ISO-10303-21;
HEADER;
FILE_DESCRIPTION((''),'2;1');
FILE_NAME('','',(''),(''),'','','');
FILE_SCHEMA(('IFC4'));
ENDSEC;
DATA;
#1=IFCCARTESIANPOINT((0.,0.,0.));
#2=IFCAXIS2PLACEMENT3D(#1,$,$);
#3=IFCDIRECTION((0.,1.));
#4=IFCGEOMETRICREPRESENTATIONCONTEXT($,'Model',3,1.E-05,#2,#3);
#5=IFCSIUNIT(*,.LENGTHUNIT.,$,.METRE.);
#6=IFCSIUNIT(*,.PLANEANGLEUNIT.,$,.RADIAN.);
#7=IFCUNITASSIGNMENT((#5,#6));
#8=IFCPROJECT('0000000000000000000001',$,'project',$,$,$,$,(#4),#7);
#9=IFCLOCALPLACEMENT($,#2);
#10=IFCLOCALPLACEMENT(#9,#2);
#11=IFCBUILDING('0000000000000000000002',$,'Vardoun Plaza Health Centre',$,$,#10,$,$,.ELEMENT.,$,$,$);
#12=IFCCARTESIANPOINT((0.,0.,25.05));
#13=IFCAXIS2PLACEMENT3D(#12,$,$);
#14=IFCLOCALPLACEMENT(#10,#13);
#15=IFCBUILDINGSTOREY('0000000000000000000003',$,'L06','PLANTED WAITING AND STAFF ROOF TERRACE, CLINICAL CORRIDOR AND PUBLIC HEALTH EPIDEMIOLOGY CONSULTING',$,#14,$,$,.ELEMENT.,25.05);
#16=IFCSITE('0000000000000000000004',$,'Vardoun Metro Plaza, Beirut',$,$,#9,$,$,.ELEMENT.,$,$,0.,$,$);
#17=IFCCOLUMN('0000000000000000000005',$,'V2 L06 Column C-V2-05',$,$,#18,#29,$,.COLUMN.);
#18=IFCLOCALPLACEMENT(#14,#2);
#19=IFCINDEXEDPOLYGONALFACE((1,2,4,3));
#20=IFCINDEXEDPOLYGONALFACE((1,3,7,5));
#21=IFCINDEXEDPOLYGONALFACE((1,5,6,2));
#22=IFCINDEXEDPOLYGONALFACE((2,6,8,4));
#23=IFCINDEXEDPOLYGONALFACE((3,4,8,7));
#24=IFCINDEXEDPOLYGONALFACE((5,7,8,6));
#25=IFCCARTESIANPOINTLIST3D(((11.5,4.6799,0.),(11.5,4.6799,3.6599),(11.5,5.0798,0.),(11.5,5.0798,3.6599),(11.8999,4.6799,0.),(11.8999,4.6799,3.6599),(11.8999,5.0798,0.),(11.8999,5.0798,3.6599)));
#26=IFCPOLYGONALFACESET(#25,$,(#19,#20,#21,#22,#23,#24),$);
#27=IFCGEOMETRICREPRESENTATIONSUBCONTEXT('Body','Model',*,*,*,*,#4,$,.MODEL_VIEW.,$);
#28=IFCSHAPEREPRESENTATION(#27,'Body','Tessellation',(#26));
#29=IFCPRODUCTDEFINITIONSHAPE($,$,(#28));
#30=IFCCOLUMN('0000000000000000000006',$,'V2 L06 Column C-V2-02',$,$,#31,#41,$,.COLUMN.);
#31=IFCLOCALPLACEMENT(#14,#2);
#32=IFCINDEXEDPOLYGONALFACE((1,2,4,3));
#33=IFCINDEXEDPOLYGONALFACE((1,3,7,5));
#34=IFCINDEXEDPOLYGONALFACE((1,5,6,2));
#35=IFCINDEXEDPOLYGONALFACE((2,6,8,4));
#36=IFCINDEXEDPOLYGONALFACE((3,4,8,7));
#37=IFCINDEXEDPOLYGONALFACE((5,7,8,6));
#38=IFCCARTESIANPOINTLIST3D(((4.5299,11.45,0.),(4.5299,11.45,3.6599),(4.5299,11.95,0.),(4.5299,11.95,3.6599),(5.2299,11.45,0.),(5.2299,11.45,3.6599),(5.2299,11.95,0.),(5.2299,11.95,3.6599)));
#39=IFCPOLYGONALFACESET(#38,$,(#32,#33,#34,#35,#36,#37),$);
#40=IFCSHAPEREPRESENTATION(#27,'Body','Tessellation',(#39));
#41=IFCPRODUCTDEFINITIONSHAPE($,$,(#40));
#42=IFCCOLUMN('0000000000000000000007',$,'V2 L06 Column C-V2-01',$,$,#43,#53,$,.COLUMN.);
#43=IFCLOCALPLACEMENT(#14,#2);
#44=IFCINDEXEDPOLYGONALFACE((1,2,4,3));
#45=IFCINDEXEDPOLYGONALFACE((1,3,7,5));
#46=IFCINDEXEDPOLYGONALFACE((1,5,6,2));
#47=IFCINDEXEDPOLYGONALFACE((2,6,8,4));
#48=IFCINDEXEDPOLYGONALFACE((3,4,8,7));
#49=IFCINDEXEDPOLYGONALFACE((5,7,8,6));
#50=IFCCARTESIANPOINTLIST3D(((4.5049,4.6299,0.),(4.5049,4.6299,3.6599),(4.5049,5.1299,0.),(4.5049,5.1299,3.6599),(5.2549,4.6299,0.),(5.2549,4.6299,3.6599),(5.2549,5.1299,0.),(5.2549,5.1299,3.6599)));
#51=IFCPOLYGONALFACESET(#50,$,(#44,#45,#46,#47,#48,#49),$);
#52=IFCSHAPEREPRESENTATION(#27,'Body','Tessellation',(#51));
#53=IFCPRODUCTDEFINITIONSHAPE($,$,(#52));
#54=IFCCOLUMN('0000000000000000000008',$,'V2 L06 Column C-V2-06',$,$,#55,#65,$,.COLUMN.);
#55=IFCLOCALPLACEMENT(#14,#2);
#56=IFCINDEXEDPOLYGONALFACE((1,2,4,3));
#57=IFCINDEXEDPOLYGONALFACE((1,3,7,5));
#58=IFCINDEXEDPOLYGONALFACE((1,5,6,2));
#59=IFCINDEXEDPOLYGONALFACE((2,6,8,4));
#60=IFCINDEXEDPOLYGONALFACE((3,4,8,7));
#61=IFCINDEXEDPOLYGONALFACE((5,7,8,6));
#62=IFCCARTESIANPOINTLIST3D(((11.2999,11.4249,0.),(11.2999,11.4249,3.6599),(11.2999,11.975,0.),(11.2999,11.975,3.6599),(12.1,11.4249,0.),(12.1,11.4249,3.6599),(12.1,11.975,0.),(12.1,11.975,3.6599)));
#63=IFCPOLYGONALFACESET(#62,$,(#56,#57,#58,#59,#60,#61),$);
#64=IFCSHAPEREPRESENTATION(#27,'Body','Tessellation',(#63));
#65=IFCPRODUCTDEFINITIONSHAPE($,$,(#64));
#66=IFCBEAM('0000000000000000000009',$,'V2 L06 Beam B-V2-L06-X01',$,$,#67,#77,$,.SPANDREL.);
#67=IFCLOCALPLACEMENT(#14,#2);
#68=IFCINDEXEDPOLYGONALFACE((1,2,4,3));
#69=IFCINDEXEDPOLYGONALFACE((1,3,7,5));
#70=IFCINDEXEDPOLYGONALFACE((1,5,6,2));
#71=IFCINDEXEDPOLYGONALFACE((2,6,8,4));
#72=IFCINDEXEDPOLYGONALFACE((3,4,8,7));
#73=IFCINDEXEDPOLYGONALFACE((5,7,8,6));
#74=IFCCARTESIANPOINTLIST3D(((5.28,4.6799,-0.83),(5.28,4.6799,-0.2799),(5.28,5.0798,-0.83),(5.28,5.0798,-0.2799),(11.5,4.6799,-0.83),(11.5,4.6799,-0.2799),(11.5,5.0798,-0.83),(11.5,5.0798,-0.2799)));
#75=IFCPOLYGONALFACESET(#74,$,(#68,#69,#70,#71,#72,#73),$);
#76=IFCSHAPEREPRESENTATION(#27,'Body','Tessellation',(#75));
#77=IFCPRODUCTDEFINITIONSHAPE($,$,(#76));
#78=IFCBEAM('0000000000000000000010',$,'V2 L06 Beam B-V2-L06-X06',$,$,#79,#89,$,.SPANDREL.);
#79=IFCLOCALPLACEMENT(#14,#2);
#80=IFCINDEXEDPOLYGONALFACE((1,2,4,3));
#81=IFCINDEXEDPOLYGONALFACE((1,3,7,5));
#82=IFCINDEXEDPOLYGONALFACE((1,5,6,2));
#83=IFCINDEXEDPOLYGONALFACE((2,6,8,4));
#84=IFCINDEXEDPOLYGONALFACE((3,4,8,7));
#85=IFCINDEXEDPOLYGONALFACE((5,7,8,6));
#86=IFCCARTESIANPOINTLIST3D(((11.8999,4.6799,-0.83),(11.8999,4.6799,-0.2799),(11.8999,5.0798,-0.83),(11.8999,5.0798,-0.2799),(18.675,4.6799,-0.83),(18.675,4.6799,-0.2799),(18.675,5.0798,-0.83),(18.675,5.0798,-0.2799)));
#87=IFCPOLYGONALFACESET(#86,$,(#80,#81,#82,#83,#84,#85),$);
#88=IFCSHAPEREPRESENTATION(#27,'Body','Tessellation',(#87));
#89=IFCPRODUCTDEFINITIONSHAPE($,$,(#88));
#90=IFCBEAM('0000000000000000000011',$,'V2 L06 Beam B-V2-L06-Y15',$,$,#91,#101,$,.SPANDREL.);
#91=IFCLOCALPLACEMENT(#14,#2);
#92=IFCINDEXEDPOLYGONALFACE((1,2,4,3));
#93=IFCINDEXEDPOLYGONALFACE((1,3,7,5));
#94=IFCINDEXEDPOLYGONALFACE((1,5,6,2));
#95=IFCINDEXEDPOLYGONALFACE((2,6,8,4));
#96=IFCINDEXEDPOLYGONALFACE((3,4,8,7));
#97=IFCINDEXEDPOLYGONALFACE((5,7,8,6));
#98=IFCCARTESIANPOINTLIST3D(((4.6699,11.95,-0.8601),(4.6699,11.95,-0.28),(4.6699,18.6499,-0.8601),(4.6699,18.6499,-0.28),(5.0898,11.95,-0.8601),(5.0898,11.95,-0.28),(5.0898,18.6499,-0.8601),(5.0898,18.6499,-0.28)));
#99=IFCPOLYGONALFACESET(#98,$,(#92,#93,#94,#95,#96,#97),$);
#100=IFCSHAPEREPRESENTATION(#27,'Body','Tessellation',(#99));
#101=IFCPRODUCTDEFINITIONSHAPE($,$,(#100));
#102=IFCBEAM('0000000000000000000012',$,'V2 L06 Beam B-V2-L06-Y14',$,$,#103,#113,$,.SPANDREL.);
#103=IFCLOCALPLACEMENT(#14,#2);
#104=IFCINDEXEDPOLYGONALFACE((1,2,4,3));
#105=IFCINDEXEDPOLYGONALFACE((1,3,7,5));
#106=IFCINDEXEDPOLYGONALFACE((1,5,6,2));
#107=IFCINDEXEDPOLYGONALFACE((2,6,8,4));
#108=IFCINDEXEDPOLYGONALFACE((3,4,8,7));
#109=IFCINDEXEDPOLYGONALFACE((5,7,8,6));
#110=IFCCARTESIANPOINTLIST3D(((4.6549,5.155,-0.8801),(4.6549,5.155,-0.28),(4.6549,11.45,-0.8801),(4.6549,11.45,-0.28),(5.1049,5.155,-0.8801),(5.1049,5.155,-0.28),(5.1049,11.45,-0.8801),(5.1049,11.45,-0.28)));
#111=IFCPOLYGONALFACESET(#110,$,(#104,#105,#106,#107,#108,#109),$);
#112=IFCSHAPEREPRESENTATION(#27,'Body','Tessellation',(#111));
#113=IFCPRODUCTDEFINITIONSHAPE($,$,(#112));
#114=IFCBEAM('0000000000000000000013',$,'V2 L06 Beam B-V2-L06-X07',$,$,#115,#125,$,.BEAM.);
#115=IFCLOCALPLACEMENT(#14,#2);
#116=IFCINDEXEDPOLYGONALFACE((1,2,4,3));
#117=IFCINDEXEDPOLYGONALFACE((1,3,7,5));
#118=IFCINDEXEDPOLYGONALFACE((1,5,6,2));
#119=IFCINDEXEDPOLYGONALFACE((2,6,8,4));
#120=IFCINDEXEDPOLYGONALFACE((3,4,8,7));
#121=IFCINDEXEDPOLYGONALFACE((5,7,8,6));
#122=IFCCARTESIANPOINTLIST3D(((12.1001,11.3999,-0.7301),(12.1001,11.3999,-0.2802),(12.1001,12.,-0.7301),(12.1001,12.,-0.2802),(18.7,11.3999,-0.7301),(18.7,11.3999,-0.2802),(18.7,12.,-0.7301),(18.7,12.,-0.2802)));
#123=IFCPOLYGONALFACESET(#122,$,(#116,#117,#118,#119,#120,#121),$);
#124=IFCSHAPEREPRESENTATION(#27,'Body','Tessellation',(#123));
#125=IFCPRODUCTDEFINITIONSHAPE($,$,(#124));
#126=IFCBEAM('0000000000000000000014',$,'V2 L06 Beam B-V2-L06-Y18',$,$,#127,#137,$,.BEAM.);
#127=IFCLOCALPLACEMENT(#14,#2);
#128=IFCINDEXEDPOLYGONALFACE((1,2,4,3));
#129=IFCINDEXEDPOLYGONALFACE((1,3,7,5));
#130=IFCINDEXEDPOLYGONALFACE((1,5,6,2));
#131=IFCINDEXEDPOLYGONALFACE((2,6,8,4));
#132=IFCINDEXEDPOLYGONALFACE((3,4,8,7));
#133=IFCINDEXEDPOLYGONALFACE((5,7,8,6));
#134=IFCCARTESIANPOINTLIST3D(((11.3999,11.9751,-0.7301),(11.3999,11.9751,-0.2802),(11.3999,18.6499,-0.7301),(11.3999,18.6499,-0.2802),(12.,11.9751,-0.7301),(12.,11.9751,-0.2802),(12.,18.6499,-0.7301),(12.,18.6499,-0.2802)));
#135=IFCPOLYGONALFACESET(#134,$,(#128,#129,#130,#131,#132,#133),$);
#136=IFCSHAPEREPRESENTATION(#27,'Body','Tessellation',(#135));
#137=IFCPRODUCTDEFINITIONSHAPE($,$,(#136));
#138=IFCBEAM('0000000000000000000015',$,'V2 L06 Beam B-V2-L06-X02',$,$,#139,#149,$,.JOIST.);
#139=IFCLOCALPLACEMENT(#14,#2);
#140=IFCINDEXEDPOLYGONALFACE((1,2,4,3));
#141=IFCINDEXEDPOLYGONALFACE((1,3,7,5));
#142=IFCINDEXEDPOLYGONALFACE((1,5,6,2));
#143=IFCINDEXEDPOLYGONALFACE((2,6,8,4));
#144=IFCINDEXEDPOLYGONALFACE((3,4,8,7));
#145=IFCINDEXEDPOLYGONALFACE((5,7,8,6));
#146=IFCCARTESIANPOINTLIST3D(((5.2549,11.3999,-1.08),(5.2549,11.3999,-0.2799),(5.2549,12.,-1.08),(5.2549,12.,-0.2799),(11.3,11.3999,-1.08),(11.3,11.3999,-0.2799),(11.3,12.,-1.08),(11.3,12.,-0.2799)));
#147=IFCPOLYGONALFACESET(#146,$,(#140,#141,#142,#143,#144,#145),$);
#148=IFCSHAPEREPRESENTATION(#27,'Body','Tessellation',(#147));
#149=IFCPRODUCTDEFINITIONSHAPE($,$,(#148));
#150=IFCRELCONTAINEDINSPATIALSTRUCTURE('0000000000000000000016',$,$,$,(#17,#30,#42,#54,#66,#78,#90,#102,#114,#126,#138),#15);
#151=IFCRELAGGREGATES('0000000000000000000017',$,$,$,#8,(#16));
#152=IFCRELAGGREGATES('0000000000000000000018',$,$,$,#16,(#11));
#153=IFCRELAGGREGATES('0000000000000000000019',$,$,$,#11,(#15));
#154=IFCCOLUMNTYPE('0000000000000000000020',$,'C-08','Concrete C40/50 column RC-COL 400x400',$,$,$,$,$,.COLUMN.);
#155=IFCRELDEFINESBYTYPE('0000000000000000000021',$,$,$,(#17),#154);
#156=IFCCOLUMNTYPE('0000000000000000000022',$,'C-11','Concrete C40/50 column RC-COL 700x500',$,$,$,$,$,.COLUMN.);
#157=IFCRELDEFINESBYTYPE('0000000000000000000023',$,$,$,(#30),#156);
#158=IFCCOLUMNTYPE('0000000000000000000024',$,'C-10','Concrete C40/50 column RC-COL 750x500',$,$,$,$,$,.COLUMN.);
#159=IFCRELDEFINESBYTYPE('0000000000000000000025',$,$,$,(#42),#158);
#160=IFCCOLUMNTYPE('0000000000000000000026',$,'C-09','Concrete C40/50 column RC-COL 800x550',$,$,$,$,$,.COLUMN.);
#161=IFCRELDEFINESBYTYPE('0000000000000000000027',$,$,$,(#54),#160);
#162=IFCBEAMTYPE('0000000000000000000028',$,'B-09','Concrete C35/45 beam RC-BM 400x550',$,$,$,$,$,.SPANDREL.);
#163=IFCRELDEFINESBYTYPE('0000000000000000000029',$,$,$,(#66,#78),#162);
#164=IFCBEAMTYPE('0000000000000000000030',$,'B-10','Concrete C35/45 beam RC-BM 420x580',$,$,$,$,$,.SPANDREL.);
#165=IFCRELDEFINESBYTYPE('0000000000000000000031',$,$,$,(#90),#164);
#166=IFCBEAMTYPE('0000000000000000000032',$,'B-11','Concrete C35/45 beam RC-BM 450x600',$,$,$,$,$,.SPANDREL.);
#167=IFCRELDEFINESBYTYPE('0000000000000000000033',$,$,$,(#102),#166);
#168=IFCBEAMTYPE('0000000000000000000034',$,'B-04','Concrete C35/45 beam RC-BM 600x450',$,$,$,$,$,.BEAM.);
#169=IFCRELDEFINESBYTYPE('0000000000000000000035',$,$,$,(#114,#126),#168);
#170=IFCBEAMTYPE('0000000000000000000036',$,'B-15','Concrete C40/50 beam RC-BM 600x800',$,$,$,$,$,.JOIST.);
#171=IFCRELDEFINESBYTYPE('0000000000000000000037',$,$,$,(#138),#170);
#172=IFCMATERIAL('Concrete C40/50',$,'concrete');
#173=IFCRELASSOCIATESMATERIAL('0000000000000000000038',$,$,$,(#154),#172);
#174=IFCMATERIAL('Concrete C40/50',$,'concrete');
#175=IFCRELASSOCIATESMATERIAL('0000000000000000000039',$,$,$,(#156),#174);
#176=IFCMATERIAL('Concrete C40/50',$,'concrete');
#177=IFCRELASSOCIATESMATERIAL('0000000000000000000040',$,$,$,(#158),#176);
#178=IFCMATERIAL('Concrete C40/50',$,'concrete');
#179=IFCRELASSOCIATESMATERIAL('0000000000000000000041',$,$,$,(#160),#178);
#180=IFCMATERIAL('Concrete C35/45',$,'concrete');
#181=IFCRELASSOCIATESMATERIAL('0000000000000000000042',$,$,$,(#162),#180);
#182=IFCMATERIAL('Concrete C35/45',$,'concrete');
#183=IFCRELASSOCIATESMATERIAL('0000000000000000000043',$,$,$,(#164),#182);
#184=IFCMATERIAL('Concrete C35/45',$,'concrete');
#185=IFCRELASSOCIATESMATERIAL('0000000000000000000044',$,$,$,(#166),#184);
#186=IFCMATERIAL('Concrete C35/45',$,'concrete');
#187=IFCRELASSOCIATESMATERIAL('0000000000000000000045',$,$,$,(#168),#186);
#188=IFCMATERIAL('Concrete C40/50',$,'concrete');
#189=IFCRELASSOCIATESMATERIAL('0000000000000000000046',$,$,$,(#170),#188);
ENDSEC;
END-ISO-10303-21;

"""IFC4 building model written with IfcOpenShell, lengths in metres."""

from ifc_helpers import new_model, si_unit, direction, frame, origin, origin_2d, place, context, subcontext, project, spatial, rectangle, extrude, material, material_profile, profile_set, type_object, element, save


model = new_model("IFC4")

# Units and contexts
model_context = context("Model", 3, precision=1e-05, world=origin(), true_north=direction((0.0, 1.0)))
body_context = subcontext(model_context, "Body", "Model", "MODEL_VIEW")
ifc_project = project(units=[si_unit("LENGTHUNIT", "METRE"), si_unit("PLANEANGLEUNIT", "RADIAN")], contexts=[model_context])

# Site, building, storey
site_placement = place(None, origin())
site = spatial("IfcSite", under=ifc_project, at=site_placement, Name="Vardoun Metro Plaza, Beirut", CompositionType="ELEMENT", RefElevation=0.0)
building_placement = place(site_placement, origin())
building = spatial("IfcBuilding", under=site, at=building_placement, Name="Vardoun Plaza Health Centre", CompositionType="ELEMENT")
storey_placement = place(building_placement, frame((0.0, 0.0, 25.05)))
storey = spatial("IfcBuildingStorey", under=building, at=storey_placement, Name="L06", Description="PLANTED WAITING AND STAFF ROOF TERRACE, CLINICAL CORRIDOR AND PUBLIC HEALTH EPIDEMIOLOGY CONSULTING", CompositionType="ELEMENT", Elevation=25.05)

# Columns
ifc_material_1 = material(Name="Concrete C40/50", Category="concrete")
ifc_material_profile_1 = material_profile(ifc_material_1, rectangle(XDim=0.3999, YDim=0.3999, at=origin_2d()), Name="RC-COL 400x400")
ifc_profile_set_1 = profile_set([ifc_material_profile_1], Name="Concrete C40/50")
column_type_1 = type_object("IfcColumnType", Name="C-08", Description="Concrete C40/50 column RC-COL 400x400", PredefinedType="COLUMN", material=ifc_profile_set_1)
column_1_placement = place(storey_placement, frame((11.7, 4.8799, 0.0), z_axis=(0.0, 0.0, 1.0), x_axis=(1.0, 0.0, 0.0)))
element("IfcColumn", 1, at=column_1_placement, inside=storey, type_object=column_type_1, Name="V2 L06 Column C-V2-05", PredefinedType="COLUMN", context=body_context, shape_type="SweptSolid", body=[
    extrude(rectangle(XDim=0.3999, YDim=0.3999, at=origin_2d()), origin(), (0.0, 0.0, 1.0), 3.6599),
])
ifc_material_2 = material(Name="Concrete C40/50", Category="concrete")
ifc_material_profile_2 = material_profile(ifc_material_2, rectangle(XDim=0.7, YDim=0.5, at=origin_2d()), Name="RC-COL 700x500")
ifc_profile_set_2 = profile_set([ifc_material_profile_2], Name="Concrete C40/50")
column_type_2 = type_object("IfcColumnType", Name="C-11", Description="Concrete C40/50 column RC-COL 700x500", PredefinedType="COLUMN", material=ifc_profile_set_2)
column_2_placement = place(storey_placement, frame((4.8799, 11.7, 0.0), z_axis=(0.0, 0.0, 1.0), x_axis=(1.0, 0.0, 0.0)))
element("IfcColumn", 2, at=column_2_placement, inside=storey, type_object=column_type_2, Name="V2 L06 Column C-V2-02", PredefinedType="COLUMN", context=body_context, shape_type="SweptSolid", body=[
    extrude(rectangle(XDim=0.7, YDim=0.5, at=origin_2d()), origin(), (0.0, 0.0, 1.0), 3.6599),
])
ifc_material_3 = material(Name="Concrete C40/50", Category="concrete")
ifc_material_profile_3 = material_profile(ifc_material_3, rectangle(XDim=0.75, YDim=0.5, at=origin_2d()), Name="RC-COL 750x500")
ifc_profile_set_3 = profile_set([ifc_material_profile_3], Name="Concrete C40/50")
column_type_3 = type_object("IfcColumnType", Name="C-10", Description="Concrete C40/50 column RC-COL 750x500", PredefinedType="COLUMN", material=ifc_profile_set_3)
column_3_placement = place(storey_placement, frame((4.8799, 4.8799, 0.0), z_axis=(0.0, 0.0, 1.0), x_axis=(1.0, 0.0, 0.0)))
element("IfcColumn", 3, at=column_3_placement, inside=storey, type_object=column_type_3, Name="V2 L06 Column C-V2-01", PredefinedType="COLUMN", context=body_context, shape_type="SweptSolid", body=[
    extrude(rectangle(XDim=0.75, YDim=0.5, at=origin_2d()), origin(), (0.0, 0.0, 1.0), 3.6599),
])
ifc_material_4 = material(Name="Concrete C40/50", Category="concrete")
ifc_material_profile_4 = material_profile(ifc_material_4, rectangle(XDim=0.8, YDim=0.55, at=origin_2d()), Name="RC-COL 800x550")
ifc_profile_set_4 = profile_set([ifc_material_profile_4], Name="Concrete C40/50")
column_type_4 = type_object("IfcColumnType", Name="C-09", Description="Concrete C40/50 column RC-COL 800x550", PredefinedType="COLUMN", material=ifc_profile_set_4)
column_4_placement = place(storey_placement, frame((11.7, 11.7, 0.0), z_axis=(0.0, 0.0, 1.0), x_axis=(1.0, 0.0, 0.0)))
element("IfcColumn", 4, at=column_4_placement, inside=storey, type_object=column_type_4, Name="V2 L06 Column C-V2-06", PredefinedType="COLUMN", context=body_context, shape_type="SweptSolid", body=[
    extrude(rectangle(XDim=0.8, YDim=0.55, at=origin_2d()), origin(), (0.0, 0.0, 1.0), 3.6599),
])

# Beams
ifc_material_5 = material(Name="Concrete C35/45", Category="concrete")
ifc_material_profile_5 = material_profile(ifc_material_5, rectangle(XDim=0.3999, YDim=0.55, at=origin_2d()), Name="RC-BM 400x550")
ifc_profile_set_5 = profile_set([ifc_material_profile_5], Name="Concrete C35/45")
beam_type_1 = type_object("IfcBeamType", Name="B-09", Description="Concrete C35/45 beam RC-BM 400x550", PredefinedType="SPANDREL", material=ifc_profile_set_5)
beam_1_placement = place(storey_placement, frame((5.28, 4.8799, -0.5549), z_axis=(1.0, 0.0, 0.0), x_axis=(0.0, 1.0, 0.0)))
element("IfcBeam", 5, at=beam_1_placement, inside=storey, type_object=beam_type_1, Name="V2 L06 Beam B-V2-L06-X01", PredefinedType="SPANDREL", context=body_context, shape_type="SweptSolid", body=[
    extrude(rectangle(XDim=0.3999, YDim=0.55, at=origin_2d()), origin(), (0.0, 0.0, 1.0), 6.22),
])
beam_2_placement = place(storey_placement, frame((11.8999, 4.8799, -0.5549), z_axis=(1.0, 0.0, 0.0), x_axis=(0.0, 1.0, 0.0)))
element("IfcBeam", 6, at=beam_2_placement, inside=storey, type_object=beam_type_1, Name="V2 L06 Beam B-V2-L06-X06", PredefinedType="SPANDREL", context=body_context, shape_type="SweptSolid", body=[
    extrude(rectangle(XDim=0.3999, YDim=0.55, at=origin_2d()), origin(), (0.0, 0.0, 1.0), 6.7751),
])
ifc_material_6 = material(Name="Concrete C35/45", Category="concrete")
ifc_material_profile_6 = material_profile(ifc_material_6, rectangle(XDim=0.4199, YDim=0.5801, at=origin_2d()), Name="RC-BM 420x580")
ifc_profile_set_6 = profile_set([ifc_material_profile_6], Name="Concrete C35/45")
beam_type_2 = type_object("IfcBeamType", Name="B-10", Description="Concrete C35/45 beam RC-BM 420x580", PredefinedType="SPANDREL", material=ifc_profile_set_6)
beam_3_placement = place(storey_placement, frame((4.8799, 11.95, -0.5701), z_axis=(0.0, 1.0, 0.0), x_axis=(-1.0, 0.0, 0.0)))
element("IfcBeam", 7, at=beam_3_placement, inside=storey, type_object=beam_type_2, Name="V2 L06 Beam B-V2-L06-Y15", PredefinedType="SPANDREL", context=body_context, shape_type="SweptSolid", body=[
    extrude(rectangle(XDim=0.4199, YDim=0.5801, at=origin_2d()), origin(), (0.0, 0.0, 1.0), 6.7),
])
ifc_material_7 = material(Name="Concrete C35/45", Category="concrete")
ifc_material_profile_7 = material_profile(ifc_material_7, rectangle(XDim=0.45, YDim=0.6001, at=origin_2d()), Name="RC-BM 450x600")
ifc_profile_set_7 = profile_set([ifc_material_profile_7], Name="Concrete C35/45")
beam_type_3 = type_object("IfcBeamType", Name="B-11", Description="Concrete C35/45 beam RC-BM 450x600", PredefinedType="SPANDREL", material=ifc_profile_set_7)
beam_4_placement = place(storey_placement, frame((4.8799, 5.155, -0.5801), z_axis=(0.0, 1.0, 0.0), x_axis=(-1.0, 0.0, 0.0)))
element("IfcBeam", 8, at=beam_4_placement, inside=storey, type_object=beam_type_3, Name="V2 L06 Beam B-V2-L06-Y14", PredefinedType="SPANDREL", context=body_context, shape_type="SweptSolid", body=[
    extrude(rectangle(XDim=0.45, YDim=0.6001, at=origin_2d()), origin(), (0.0, 0.0, 1.0), 6.2949),
])
ifc_material_8 = material(Name="Concrete C35/45", Category="concrete")
ifc_material_profile_8 = material_profile(ifc_material_8, rectangle(XDim=0.6001, YDim=0.45, at=origin_2d()), Name="RC-BM 600x450")
ifc_profile_set_8 = profile_set([ifc_material_profile_8], Name="Concrete C35/45")
beam_type_4 = type_object("IfcBeamType", Name="B-04", Description="Concrete C35/45 beam RC-BM 600x450", PredefinedType="BEAM", material=ifc_profile_set_8)
beam_5_placement = place(storey_placement, frame((12.1001, 11.7, -0.5051), z_axis=(1.0, 0.0, 0.0), x_axis=(0.0, 1.0, 0.0)))
element("IfcBeam", 9, at=beam_5_placement, inside=storey, type_object=beam_type_4, Name="V2 L06 Beam B-V2-L06-X07", PredefinedType="BEAM", context=body_context, shape_type="SweptSolid", body=[
    extrude(rectangle(XDim=0.6001, YDim=0.45, at=origin_2d()), origin(), (0.0, 0.0, 1.0), 6.5999),
])
beam_6_placement = place(storey_placement, frame((11.7, 11.9751, -0.5051), z_axis=(0.0, 1.0, 0.0), x_axis=(-1.0, 0.0, 0.0)))
element("IfcBeam", 10, at=beam_6_placement, inside=storey, type_object=beam_type_4, Name="V2 L06 Beam B-V2-L06-Y18", PredefinedType="BEAM", context=body_context, shape_type="SweptSolid", body=[
    extrude(rectangle(XDim=0.6001, YDim=0.45, at=origin_2d()), origin(), (0.0, 0.0, 1.0), 6.6748),
])
ifc_material_9 = material(Name="Concrete C40/50", Category="concrete")
ifc_material_profile_9 = material_profile(ifc_material_9, rectangle(XDim=0.6001, YDim=0.8, at=origin_2d()), Name="RC-BM 600x800")
ifc_profile_set_9 = profile_set([ifc_material_profile_9], Name="Concrete C40/50")
beam_type_5 = type_object("IfcBeamType", Name="B-15", Description="Concrete C40/50 beam RC-BM 600x800", PredefinedType="JOIST", material=ifc_profile_set_9)
beam_7_placement = place(storey_placement, frame((5.2549, 11.7, -0.6799), z_axis=(1.0, 0.0, 0.0), x_axis=(0.0, 1.0, 0.0)))
element("IfcBeam", 11, at=beam_7_placement, inside=storey, type_object=beam_type_5, Name="V2 L06 Beam B-V2-L06-X02", PredefinedType="JOIST", context=body_context, shape_type="SweptSolid", body=[
    extrude(rectangle(XDim=0.6001, YDim=0.8, at=origin_2d()), origin(), (0.0, 0.0, 1.0), 6.0452),
])

save(model, "model.ifc")
